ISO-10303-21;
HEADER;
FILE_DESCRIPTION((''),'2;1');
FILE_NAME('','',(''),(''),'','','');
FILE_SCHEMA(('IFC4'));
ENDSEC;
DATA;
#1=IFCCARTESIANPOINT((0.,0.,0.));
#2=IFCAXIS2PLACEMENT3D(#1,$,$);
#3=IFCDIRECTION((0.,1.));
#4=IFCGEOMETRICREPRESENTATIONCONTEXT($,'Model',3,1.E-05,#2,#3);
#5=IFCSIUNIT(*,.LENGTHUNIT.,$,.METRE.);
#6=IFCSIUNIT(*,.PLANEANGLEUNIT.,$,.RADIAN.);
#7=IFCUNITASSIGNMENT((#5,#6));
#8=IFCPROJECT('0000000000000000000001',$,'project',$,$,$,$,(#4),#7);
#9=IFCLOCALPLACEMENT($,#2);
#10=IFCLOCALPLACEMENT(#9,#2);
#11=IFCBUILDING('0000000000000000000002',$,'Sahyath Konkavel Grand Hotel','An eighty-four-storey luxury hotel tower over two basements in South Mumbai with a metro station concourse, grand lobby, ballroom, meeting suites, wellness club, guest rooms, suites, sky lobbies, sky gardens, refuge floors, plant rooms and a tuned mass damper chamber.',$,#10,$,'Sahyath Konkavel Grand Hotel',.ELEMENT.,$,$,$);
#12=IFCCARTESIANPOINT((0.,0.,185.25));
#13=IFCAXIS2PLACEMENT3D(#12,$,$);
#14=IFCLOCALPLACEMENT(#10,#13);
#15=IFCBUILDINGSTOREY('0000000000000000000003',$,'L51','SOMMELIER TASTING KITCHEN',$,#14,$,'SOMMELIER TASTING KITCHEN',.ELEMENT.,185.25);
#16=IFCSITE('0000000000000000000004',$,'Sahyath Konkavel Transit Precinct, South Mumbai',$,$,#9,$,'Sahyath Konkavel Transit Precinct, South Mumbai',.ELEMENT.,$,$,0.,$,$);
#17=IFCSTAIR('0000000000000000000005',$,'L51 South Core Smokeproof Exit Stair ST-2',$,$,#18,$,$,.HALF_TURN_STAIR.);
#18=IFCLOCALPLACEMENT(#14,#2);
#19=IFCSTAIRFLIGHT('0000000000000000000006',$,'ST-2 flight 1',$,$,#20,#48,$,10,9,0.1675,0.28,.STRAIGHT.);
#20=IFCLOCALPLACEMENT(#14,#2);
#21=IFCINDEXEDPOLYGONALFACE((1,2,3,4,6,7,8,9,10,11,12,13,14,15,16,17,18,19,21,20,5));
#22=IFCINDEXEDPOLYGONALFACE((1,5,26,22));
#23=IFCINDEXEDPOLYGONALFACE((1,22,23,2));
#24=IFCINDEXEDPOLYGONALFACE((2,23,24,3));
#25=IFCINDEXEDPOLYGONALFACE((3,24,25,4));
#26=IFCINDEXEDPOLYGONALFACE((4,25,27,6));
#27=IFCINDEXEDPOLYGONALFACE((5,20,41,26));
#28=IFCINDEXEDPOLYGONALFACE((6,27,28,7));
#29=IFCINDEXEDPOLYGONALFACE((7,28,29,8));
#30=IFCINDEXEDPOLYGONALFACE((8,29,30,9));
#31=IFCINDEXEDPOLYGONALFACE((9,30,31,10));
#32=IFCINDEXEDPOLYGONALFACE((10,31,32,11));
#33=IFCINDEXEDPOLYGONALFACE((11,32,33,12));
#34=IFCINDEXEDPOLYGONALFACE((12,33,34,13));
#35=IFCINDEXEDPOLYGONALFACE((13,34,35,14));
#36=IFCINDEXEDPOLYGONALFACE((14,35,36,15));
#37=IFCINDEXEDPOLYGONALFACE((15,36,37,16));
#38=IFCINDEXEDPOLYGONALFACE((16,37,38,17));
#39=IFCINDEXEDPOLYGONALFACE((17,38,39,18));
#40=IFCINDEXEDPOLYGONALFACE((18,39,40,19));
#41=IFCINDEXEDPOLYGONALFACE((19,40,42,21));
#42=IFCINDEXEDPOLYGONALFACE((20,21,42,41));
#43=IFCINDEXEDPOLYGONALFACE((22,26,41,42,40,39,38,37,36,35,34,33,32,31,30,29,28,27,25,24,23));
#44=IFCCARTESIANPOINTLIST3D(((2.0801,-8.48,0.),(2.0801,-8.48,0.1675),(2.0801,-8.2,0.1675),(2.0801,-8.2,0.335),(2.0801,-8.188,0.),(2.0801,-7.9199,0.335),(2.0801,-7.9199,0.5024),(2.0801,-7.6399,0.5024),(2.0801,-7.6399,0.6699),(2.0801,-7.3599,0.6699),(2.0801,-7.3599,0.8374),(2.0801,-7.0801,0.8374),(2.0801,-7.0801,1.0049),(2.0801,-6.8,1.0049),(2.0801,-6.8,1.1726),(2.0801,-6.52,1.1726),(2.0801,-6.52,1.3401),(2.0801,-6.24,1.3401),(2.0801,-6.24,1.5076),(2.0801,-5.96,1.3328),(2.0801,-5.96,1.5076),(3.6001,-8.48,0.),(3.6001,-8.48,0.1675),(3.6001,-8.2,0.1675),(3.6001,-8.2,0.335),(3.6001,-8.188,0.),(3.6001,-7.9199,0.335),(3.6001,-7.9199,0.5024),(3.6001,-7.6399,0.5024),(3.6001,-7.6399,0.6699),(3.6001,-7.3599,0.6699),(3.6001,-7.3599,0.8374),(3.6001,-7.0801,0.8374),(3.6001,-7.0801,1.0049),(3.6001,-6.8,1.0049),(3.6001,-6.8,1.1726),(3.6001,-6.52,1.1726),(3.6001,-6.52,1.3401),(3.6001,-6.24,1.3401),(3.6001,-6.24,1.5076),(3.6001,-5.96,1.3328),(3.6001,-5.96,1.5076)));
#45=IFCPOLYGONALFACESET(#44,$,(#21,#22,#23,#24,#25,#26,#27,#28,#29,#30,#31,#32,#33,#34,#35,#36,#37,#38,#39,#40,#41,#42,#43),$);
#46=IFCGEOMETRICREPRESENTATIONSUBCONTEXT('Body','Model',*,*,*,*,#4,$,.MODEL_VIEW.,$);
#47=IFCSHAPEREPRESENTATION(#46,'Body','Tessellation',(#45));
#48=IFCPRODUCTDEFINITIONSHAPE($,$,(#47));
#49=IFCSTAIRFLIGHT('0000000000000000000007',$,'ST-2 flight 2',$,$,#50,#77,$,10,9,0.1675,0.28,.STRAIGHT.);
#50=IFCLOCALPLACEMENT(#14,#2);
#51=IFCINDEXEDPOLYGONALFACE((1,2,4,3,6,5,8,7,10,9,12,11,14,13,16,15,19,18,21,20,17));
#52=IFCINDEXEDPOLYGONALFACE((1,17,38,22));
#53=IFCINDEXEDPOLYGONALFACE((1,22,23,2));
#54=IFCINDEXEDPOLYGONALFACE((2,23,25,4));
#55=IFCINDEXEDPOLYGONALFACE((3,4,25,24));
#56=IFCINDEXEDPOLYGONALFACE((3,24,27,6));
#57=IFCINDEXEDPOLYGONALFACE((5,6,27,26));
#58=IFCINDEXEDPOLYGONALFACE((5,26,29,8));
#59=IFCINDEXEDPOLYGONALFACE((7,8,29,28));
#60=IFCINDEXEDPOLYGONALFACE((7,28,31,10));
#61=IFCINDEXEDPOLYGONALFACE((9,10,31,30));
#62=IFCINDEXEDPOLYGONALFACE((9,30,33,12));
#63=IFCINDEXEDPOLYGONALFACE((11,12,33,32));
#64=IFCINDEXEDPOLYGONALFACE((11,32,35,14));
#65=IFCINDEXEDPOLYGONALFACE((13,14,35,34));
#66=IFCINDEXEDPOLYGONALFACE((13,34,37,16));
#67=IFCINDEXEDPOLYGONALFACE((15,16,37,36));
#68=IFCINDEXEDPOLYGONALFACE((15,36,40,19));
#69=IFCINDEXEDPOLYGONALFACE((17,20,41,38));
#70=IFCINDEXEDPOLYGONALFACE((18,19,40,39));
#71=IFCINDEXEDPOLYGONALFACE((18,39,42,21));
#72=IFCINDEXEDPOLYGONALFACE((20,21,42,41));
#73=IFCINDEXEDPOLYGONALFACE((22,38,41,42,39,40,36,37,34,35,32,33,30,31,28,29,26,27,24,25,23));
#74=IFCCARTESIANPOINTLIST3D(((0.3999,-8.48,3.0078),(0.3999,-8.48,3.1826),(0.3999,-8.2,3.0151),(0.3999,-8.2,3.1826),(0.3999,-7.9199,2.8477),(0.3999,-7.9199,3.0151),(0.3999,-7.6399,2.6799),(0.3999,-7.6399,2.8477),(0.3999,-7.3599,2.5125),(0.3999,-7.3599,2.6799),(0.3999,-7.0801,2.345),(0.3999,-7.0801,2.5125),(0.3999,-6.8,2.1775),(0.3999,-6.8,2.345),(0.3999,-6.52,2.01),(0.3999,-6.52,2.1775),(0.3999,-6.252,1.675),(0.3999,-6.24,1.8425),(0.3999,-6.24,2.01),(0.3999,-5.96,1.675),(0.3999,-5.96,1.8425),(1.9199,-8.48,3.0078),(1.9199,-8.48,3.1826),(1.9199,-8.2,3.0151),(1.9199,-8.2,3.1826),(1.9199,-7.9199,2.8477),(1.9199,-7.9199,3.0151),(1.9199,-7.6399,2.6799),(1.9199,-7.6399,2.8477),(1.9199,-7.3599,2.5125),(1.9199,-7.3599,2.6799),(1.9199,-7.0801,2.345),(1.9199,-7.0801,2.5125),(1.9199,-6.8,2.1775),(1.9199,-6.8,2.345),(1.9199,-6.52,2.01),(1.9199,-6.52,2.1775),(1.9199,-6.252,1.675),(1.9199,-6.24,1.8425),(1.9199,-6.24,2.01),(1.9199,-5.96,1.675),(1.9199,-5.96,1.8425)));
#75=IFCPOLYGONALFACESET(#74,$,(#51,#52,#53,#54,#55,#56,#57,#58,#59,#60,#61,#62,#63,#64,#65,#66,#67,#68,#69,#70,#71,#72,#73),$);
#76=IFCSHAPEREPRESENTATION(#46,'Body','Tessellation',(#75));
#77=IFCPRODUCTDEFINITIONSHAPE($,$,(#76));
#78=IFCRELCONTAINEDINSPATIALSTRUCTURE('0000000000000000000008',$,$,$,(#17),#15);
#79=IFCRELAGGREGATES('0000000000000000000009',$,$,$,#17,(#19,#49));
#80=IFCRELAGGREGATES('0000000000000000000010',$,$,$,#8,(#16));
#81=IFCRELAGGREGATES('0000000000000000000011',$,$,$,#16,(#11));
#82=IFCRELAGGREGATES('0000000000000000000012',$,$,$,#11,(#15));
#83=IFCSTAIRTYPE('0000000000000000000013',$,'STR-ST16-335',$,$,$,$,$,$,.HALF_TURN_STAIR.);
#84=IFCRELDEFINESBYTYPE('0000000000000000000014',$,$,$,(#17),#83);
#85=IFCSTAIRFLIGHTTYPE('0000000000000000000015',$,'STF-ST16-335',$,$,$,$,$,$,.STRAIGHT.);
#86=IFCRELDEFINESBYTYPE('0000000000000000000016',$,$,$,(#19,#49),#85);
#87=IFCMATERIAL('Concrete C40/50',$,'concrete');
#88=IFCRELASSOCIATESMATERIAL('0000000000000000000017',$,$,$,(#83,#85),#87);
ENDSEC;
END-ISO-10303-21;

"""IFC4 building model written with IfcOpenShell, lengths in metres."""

from ifc_helpers import new_model, si_unit, direction, frame, origin, place, context, subcontext, project, spatial, polyline, outline, extrude, material, type_object, element, aggregate, save


model = new_model("IFC4")

# Units and contexts
model_context = context("Model", 3, precision=1e-05, world=origin(), true_north=direction((0.0, 1.0)))
body_context = subcontext(model_context, "Body", "Model", "MODEL_VIEW")
ifc_project = project(units=[si_unit("LENGTHUNIT", "METRE"), si_unit("PLANEANGLEUNIT", "RADIAN")], contexts=[model_context])

# Site, building, storey
site_placement = place(None, origin())
site = spatial("IfcSite", under=ifc_project, at=site_placement, Name="Sahyath Konkavel Transit Precinct, South Mumbai", LongName="Sahyath Konkavel Transit Precinct, South Mumbai", CompositionType="ELEMENT", RefElevation=0.0)
building_placement = place(site_placement, origin())
building = spatial("IfcBuilding", under=site, at=building_placement, Name="Sahyath Konkavel Grand Hotel", Description="An eighty-four-storey luxury hotel tower over two basements in South Mumbai with a metro station concourse, grand lobby, ballroom, meeting suites, wellness club, guest rooms, suites, sky lobbies, sky gardens, refuge floors, plant rooms and a tuned mass damper chamber.", LongName="Sahyath Konkavel Grand Hotel", CompositionType="ELEMENT")
storey_placement = place(building_placement, frame((0.0, 0.0, 185.25)))
storey = spatial("IfcBuildingStorey", under=building, at=storey_placement, Name="L51", Description="SOMMELIER TASTING KITCHEN", LongName="SOMMELIER TASTING KITCHEN", CompositionType="ELEMENT", Elevation=185.25)

# Shared definitions
ifc_material_1 = material(Name="Concrete C40/50", Category="concrete")

# Stair, stair flights
stair_type = type_object("IfcStairType", Name="STR-ST16-335", PredefinedType="HALF_TURN_STAIR", material=ifc_material_1)
stair_placement = place(storey_placement, origin())
stair = element("IfcStair", 1, at=stair_placement, inside=storey, type_object=stair_type, Name="L51 South Core Smokeproof Exit Stair ST-2", PredefinedType="HALF_TURN_STAIR")
stair_flight_type = type_object("IfcStairFlightType", Name="STF-ST16-335", PredefinedType="STRAIGHT", material=ifc_material_1)
stair_flight_1_placement = place(storey_placement, frame((2.8401, -8.48, 0.0), z_axis=(0.0, 0.0, 1.0), x_axis=(0.0, 1.0, 0.0)))
stair_flight_1 = element("IfcStairFlight", 2, at=stair_flight_1_placement, type_object=stair_flight_type, Name="ST-2 flight 1", NumberOfRisers=10, NumberOfTreads=9, PredefinedType="STRAIGHT", RiserHeight=0.1675, TreadLength=0.28, context=body_context, shape_type="SweptSolid", body=[
    extrude(outline(polyline([(0.0, 0.0), (0.0, 0.1675), (0.28, 0.1675), (0.28, 0.335), (0.5601, 0.335), (0.5601, 0.5024), (0.8401, 0.5024), (0.8401, 0.6699), (1.1201, 0.6699), (1.1201, 0.8374), (1.3999, 0.8374), (1.3999, 1.0049), (1.6799, 1.0049), (1.6799, 1.1726), (1.96, 1.1726), (1.96, 1.3401), (2.24, 1.3401), (2.24, 1.5076), (2.52, 1.5076), (2.52, 1.675), (2.52, 1.3328), (0.292, 0.0), (0.0, 0.0)])), frame((0.0, 0.76, 0.0), z_axis=(0.0, -1.0, 0.0), x_axis=(1.0, 0.0, 0.0)), (0.0, 0.0, 1.0), 1.52),
])
stair_flight_2_placement = place(storey_placement, frame((1.1599, -5.96, 1.675), z_axis=(0.0, 0.0, 1.0), x_axis=(0.0, -1.0, 0.0)))
stair_flight_2 = element("IfcStairFlight", 3, at=stair_flight_2_placement, type_object=stair_flight_type, Name="ST-2 flight 2", NumberOfRisers=10, NumberOfTreads=9, PredefinedType="STRAIGHT", RiserHeight=0.1675, TreadLength=0.28, context=body_context, shape_type="SweptSolid", body=[
    extrude(outline(polyline([(0.0, 0.0), (0.0, 0.1675), (0.28, 0.1675), (0.28, 0.335), (0.5601, 0.335), (0.5601, 0.5024), (0.8401, 0.5024), (0.8401, 0.6699), (1.1201, 0.6699), (1.1201, 0.8374), (1.3999, 0.8374), (1.3999, 1.0049), (1.6799, 1.0049), (1.6799, 1.1726), (1.96, 1.1726), (1.96, 1.3401), (2.24, 1.3401), (2.24, 1.5076), (2.52, 1.5076), (2.52, 1.675), (2.52, 1.3328), (0.292, 0.0), (0.0, 0.0)])), frame((0.0, 0.76, 0.0), z_axis=(0.0, -1.0, 0.0), x_axis=(1.0, 0.0, 0.0)), (0.0, 0.0, 1.0), 1.52),
])
aggregate(stair, [stair_flight_1, stair_flight_2])

save(model, "model.ifc")
